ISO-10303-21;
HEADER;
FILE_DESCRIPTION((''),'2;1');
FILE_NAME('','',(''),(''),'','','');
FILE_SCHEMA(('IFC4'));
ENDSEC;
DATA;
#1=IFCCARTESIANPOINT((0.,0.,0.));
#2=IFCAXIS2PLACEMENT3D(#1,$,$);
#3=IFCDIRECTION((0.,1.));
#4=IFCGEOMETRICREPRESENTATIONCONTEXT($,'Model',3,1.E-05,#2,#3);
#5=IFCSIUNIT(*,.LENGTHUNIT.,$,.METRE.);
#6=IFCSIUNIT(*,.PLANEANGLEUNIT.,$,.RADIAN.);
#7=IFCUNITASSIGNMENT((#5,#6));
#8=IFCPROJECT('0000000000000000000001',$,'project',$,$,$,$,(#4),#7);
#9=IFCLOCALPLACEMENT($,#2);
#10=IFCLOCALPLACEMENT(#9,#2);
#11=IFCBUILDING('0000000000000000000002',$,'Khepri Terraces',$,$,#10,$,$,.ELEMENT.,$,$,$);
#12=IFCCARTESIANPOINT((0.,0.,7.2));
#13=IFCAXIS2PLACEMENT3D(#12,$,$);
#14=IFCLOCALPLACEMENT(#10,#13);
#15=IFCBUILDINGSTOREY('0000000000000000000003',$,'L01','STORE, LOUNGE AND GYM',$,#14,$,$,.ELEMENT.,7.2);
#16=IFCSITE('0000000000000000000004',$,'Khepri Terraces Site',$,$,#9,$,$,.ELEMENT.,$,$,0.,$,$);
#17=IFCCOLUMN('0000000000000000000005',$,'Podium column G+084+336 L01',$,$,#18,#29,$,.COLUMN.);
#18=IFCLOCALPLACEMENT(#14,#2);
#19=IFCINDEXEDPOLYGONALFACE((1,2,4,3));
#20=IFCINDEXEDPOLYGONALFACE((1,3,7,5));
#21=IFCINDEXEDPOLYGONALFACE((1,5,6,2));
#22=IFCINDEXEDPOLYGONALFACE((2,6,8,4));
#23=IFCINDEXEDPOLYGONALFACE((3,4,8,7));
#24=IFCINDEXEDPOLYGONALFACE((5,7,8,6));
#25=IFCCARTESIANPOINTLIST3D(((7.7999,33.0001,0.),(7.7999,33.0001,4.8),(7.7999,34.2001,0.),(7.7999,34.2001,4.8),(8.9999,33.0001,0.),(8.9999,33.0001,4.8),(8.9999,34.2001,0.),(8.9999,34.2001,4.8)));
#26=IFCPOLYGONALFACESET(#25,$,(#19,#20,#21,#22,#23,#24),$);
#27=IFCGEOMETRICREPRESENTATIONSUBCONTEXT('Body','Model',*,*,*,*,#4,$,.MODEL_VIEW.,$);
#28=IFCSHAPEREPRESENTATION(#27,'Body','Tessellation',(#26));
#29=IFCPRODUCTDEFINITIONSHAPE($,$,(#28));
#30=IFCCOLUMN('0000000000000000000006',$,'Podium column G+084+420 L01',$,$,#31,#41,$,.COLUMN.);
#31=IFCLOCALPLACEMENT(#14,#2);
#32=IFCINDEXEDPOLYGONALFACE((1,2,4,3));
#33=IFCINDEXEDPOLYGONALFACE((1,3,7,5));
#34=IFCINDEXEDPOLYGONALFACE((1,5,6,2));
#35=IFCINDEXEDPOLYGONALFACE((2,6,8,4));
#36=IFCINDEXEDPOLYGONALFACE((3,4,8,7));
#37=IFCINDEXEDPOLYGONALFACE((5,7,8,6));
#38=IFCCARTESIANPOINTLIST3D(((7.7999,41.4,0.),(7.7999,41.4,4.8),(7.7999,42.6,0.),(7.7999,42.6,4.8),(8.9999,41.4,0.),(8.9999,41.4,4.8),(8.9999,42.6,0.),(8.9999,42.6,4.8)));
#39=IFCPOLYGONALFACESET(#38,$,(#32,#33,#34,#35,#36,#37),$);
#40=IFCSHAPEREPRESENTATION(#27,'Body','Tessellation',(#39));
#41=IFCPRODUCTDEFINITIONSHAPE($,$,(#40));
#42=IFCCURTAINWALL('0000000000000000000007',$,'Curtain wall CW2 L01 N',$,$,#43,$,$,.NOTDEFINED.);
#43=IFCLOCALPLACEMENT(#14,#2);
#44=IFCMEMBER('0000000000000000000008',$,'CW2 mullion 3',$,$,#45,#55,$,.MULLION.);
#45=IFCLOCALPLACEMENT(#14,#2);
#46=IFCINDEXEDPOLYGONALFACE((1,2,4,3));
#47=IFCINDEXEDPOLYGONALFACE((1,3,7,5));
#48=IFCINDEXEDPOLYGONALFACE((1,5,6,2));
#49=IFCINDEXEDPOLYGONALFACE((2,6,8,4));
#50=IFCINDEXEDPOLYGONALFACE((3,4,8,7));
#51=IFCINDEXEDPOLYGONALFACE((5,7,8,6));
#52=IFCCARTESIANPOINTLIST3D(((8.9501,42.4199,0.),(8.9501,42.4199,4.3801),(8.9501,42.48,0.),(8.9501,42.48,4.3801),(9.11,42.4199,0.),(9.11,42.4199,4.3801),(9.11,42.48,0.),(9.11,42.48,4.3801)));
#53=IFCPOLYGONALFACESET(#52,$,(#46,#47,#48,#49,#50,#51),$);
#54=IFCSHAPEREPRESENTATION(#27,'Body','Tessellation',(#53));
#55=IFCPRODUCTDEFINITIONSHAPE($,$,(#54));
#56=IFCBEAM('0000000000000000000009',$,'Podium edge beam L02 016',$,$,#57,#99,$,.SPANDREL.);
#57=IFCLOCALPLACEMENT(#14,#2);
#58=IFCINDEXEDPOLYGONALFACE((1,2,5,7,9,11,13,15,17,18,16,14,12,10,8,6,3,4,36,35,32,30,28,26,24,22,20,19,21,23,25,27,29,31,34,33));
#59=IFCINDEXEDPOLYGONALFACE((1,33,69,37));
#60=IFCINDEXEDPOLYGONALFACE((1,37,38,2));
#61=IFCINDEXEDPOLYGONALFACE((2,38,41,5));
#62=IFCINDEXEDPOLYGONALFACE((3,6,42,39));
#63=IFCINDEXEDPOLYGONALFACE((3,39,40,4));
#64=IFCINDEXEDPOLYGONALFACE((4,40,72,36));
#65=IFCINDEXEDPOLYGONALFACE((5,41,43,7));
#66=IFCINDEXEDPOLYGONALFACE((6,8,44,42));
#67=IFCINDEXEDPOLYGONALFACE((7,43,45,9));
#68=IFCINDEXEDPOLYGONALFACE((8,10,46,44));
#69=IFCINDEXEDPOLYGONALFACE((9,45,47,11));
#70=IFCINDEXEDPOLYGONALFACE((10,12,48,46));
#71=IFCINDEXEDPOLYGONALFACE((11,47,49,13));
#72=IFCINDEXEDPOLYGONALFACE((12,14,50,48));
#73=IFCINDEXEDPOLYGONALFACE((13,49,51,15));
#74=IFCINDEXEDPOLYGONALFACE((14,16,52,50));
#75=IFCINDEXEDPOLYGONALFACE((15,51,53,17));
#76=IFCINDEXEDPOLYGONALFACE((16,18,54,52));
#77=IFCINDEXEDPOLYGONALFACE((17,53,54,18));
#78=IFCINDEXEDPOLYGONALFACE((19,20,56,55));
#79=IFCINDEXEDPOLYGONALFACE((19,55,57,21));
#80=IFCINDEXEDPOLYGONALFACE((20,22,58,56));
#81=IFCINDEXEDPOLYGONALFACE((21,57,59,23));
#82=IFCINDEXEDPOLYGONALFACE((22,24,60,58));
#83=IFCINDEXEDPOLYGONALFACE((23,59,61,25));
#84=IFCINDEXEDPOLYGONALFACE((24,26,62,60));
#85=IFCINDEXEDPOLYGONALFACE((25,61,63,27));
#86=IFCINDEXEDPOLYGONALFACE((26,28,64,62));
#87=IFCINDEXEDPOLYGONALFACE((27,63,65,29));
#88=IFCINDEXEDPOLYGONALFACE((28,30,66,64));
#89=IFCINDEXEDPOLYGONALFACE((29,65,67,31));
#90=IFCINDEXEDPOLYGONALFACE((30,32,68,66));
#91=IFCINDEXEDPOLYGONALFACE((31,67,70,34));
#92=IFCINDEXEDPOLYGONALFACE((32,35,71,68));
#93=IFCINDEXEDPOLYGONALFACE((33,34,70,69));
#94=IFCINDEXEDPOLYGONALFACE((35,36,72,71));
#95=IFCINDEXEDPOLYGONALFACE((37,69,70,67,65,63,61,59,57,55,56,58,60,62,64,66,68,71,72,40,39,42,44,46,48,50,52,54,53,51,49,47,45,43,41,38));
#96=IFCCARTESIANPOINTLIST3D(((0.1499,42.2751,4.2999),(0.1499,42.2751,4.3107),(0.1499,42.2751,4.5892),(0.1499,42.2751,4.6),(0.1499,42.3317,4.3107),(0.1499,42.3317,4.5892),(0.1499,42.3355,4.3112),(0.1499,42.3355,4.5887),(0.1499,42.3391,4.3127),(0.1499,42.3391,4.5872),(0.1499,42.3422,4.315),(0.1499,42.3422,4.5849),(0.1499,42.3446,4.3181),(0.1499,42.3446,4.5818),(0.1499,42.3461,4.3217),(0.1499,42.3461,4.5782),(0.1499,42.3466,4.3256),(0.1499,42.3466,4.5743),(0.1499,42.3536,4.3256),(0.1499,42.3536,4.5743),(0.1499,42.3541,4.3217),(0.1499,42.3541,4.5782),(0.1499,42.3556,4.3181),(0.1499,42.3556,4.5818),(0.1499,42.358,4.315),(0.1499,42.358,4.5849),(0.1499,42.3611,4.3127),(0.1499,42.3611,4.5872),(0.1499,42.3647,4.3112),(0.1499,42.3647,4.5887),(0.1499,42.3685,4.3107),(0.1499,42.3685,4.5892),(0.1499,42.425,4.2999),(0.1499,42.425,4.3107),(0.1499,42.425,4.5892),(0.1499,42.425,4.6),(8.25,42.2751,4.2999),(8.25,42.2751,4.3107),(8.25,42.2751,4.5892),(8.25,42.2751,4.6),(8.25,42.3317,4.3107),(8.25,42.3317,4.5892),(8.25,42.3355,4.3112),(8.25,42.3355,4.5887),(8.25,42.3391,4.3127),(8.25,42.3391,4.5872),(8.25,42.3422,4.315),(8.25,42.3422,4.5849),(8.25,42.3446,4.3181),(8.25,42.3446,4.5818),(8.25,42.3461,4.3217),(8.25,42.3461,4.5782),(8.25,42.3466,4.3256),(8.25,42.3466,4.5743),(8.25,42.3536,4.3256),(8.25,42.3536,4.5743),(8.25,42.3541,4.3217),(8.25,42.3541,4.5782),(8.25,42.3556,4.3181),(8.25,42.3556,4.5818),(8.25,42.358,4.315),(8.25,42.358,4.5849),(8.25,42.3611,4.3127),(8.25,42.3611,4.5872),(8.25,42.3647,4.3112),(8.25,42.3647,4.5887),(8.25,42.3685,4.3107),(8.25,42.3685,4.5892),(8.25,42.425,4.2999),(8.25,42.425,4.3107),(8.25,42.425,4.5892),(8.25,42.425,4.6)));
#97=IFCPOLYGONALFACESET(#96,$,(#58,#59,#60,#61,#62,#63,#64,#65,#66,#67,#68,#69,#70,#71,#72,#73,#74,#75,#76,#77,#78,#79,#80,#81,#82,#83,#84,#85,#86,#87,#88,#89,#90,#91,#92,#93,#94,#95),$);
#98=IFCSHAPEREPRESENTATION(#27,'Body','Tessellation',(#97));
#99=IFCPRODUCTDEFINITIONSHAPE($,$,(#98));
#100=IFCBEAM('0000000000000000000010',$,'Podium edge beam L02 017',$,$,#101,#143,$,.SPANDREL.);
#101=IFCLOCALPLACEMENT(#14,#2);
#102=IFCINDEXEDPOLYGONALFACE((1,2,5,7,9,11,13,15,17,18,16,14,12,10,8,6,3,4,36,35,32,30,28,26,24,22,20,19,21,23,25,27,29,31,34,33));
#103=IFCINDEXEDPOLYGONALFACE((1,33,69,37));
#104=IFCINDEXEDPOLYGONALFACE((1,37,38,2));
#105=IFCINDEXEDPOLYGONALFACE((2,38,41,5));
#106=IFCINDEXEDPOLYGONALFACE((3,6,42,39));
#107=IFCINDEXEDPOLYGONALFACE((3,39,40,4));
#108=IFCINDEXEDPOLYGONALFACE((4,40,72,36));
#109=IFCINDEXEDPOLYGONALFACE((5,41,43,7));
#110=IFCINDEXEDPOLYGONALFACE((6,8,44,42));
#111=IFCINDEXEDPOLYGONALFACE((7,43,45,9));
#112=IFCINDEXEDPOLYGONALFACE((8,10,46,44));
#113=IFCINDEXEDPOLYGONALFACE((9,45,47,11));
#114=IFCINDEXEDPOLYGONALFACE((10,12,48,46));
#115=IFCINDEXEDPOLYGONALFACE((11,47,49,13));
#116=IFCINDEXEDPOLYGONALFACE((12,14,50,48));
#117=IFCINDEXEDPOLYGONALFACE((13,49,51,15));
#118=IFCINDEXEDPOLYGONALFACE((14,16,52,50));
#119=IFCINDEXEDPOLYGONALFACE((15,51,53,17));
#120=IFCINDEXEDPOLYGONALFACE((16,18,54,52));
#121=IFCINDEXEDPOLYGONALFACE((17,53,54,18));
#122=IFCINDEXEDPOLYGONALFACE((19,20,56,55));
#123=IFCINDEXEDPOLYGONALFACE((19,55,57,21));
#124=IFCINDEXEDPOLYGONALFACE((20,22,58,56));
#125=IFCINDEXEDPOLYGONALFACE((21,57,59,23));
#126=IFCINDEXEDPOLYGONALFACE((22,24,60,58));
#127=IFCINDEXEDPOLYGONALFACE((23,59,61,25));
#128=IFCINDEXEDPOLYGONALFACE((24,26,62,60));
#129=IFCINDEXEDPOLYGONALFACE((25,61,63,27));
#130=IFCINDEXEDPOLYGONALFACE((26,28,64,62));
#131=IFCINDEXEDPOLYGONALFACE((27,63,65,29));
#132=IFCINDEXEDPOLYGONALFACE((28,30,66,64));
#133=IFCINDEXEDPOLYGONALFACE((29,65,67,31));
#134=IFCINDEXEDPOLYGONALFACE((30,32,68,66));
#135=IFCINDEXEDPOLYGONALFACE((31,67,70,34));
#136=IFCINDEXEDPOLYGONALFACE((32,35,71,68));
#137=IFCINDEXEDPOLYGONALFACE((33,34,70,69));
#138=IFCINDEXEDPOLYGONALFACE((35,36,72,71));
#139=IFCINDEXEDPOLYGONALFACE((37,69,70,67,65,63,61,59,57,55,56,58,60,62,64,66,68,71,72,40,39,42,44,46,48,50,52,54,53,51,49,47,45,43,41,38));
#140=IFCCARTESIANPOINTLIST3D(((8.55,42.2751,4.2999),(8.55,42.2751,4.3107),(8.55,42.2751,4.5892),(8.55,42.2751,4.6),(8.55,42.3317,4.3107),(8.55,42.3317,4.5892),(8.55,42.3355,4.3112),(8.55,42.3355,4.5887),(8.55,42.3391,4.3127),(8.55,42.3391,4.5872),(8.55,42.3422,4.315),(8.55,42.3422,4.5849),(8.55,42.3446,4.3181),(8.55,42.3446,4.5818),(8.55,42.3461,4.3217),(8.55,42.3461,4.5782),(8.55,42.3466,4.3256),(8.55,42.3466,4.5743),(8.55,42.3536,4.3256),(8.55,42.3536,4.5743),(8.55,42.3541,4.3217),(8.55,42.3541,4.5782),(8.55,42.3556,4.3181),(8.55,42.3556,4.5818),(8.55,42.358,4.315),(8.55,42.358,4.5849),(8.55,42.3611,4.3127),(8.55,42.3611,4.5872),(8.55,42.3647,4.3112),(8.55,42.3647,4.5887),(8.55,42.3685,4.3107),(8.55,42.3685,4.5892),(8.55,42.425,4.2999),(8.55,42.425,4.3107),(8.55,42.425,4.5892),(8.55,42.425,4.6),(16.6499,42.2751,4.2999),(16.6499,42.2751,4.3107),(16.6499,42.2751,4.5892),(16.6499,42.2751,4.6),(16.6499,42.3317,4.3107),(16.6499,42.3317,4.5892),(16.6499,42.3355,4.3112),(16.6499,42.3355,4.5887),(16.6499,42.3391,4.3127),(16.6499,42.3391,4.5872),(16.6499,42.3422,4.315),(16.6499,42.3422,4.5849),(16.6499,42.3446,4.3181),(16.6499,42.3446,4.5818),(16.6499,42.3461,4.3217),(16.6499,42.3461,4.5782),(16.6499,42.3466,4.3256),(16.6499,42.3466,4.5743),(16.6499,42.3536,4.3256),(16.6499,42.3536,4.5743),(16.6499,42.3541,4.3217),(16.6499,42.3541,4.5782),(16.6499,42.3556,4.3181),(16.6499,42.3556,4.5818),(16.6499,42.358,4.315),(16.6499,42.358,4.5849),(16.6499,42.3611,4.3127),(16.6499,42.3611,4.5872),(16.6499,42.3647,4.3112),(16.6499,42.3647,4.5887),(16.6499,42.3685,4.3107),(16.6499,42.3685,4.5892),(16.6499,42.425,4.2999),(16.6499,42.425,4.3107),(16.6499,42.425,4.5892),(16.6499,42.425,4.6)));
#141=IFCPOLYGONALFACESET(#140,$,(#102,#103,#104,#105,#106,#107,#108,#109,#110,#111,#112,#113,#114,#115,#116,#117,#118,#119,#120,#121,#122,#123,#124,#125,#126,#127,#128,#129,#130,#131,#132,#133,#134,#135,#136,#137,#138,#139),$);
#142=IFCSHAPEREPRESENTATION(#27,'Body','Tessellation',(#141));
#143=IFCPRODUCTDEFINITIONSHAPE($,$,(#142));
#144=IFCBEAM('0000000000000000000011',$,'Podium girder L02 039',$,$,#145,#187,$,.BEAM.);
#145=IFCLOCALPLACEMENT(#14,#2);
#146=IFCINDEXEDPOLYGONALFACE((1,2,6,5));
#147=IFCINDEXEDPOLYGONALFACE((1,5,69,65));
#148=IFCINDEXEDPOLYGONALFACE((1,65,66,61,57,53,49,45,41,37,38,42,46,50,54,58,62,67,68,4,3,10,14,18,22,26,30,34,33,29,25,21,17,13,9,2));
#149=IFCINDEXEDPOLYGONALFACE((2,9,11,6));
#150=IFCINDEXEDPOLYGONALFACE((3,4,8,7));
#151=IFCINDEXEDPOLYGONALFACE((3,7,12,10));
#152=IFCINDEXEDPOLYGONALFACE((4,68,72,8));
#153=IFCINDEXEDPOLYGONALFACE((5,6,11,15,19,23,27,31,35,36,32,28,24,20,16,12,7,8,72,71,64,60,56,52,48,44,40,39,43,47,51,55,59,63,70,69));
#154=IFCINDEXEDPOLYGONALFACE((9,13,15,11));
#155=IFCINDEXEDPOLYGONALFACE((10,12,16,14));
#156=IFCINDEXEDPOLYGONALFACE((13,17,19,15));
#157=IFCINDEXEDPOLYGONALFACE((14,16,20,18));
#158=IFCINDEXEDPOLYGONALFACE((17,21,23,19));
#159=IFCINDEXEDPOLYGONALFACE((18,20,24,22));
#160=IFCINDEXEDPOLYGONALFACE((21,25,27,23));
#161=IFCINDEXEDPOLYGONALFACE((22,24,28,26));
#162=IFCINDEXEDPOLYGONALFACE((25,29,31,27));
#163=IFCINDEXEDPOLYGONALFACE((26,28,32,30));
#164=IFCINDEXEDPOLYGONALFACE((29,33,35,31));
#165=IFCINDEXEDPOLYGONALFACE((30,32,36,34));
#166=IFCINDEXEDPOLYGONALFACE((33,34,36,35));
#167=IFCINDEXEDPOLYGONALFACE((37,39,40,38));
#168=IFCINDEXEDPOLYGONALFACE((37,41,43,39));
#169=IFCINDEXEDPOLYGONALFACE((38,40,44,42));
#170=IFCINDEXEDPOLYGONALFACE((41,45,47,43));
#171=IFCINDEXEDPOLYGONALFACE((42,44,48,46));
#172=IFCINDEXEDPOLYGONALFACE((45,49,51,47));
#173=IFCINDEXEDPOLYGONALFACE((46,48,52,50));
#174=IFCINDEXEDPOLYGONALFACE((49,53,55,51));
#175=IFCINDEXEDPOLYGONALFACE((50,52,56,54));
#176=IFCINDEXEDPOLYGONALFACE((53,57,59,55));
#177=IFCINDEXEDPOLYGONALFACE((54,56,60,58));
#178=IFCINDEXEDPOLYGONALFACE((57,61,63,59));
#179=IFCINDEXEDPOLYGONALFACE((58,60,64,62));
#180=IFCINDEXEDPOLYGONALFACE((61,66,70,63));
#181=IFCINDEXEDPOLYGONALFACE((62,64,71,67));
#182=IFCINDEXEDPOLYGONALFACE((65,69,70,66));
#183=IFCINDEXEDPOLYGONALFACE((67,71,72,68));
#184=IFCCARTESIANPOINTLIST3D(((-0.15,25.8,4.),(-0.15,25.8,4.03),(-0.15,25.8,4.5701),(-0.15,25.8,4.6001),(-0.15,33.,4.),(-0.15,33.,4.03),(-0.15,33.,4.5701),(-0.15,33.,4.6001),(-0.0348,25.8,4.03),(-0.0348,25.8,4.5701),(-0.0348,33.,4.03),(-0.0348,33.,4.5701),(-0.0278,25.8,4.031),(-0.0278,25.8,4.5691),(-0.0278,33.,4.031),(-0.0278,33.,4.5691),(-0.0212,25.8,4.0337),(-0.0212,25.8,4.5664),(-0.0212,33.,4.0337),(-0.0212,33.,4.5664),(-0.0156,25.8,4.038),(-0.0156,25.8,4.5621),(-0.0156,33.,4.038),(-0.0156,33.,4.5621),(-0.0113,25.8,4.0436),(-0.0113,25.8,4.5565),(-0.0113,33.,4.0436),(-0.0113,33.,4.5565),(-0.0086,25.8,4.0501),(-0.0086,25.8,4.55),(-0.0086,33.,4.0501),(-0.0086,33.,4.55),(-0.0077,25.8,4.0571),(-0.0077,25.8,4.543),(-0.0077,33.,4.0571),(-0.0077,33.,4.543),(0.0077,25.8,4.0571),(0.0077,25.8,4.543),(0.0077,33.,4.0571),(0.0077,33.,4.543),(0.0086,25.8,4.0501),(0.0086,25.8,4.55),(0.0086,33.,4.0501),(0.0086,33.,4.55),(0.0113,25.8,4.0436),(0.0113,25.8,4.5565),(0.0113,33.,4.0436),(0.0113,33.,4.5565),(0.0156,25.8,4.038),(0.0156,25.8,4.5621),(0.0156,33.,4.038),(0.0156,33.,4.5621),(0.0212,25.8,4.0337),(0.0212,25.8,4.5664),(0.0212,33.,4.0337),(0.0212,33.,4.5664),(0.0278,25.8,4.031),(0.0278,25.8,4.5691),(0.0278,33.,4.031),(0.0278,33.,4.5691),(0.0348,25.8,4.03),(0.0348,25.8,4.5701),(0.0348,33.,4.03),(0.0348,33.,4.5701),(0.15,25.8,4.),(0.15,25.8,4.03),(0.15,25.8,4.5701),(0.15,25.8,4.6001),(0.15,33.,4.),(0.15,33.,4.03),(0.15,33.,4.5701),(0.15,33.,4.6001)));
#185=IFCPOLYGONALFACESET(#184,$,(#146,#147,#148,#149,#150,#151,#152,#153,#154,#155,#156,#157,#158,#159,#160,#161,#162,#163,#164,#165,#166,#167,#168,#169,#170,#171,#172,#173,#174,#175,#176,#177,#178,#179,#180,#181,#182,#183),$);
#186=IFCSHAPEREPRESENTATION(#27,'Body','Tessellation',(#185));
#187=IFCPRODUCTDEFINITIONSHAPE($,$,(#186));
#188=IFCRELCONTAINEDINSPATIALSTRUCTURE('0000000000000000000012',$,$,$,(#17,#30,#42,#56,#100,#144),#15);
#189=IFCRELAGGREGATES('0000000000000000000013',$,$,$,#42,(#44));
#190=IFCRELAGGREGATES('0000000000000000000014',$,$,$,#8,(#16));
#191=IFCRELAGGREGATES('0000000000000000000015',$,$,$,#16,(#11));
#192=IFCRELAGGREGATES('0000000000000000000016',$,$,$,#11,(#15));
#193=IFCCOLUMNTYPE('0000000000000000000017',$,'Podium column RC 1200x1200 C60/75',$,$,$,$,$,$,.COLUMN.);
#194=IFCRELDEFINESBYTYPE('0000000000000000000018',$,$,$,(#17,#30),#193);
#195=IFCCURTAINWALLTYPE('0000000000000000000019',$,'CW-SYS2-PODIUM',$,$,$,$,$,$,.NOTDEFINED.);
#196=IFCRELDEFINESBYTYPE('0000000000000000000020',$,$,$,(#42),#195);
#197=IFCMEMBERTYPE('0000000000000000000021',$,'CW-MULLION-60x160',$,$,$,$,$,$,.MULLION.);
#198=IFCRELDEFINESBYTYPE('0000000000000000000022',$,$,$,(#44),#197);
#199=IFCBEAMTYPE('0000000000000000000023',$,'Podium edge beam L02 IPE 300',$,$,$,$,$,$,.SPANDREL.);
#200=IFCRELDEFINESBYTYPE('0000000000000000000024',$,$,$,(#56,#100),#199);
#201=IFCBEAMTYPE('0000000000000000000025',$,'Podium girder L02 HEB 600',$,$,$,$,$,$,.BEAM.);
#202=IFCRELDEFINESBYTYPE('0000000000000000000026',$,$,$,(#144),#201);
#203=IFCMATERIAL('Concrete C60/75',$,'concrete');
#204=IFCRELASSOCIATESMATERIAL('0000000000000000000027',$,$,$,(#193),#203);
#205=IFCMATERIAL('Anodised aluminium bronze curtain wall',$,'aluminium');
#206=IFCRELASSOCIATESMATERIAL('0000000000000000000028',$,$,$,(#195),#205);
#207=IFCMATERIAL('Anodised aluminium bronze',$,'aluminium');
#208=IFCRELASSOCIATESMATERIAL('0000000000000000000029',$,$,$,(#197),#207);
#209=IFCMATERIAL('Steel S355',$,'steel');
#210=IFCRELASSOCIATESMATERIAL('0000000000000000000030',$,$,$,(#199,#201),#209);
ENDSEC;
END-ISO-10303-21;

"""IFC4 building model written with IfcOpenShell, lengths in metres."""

from ifc_helpers import new_model, si_unit, direction, frame, origin, origin_2d, place, context, subcontext, project, spatial, rectangle, i_section, extrude, material, material_profile, profile_set, type_object, element, aggregate, save


model = new_model("IFC4")

# Units and contexts
model_context = context("Model", 3, precision=1e-05, world=origin(), true_north=direction((0.0, 1.0)))
body_context = subcontext(model_context, "Body", "Model", "MODEL_VIEW")
ifc_project = project(units=[si_unit("LENGTHUNIT", "METRE"), si_unit("PLANEANGLEUNIT", "RADIAN")], contexts=[model_context])

# Site, building, storey
site_placement = place(None, origin())
site = spatial("IfcSite", under=ifc_project, at=site_placement, Name="Khepri Terraces Site", CompositionType="ELEMENT", RefElevation=0.0)
building_placement = place(site_placement, origin())
building = spatial("IfcBuilding", under=site, at=building_placement, Name="Khepri Terraces", CompositionType="ELEMENT")
storey_placement = place(building_placement, frame((0.0, 0.0, 7.2)))
storey = spatial("IfcBuildingStorey", under=building, at=storey_placement, Name="L01", Description="STORE, LOUNGE AND GYM", CompositionType="ELEMENT", Elevation=7.2)

# Columns
ifc_material_1 = material(Name="Concrete C60/75", Category="concrete")
ifc_material_profile_1 = material_profile(ifc_material_1, rectangle(XDim=1.2, YDim=1.2, at=origin_2d()), Name="Concrete C60/75", Category="concrete")
ifc_profile_set_1 = profile_set([ifc_material_profile_1], Name="Concrete C60/75")
column_type = type_object("IfcColumnType", Name="Podium column RC 1200x1200 C60/75", PredefinedType="COLUMN", material=ifc_profile_set_1)
for number, where, z_axis, x_axis, name in (
    (1, (8.3999, 33.6001, 0.0), (0.0, 0.0, 1.0), (1.0, 0.0, 0.0), "Podium column G+084+336 L01"),
    (2, (8.3999, 42.0, 0.0), (0.0, 0.0, 1.0), (1.0, 0.0, 0.0), "Podium column G+084+420 L01"),
):
    element("IfcColumn", number, at=place(storey_placement, frame(where, z_axis=z_axis, x_axis=x_axis)), inside=storey, type_object=column_type, Name=name, PredefinedType="COLUMN", context=body_context, shape_type="SweptSolid", body=[
        extrude(rectangle(XDim=1.2, YDim=1.2, at=origin_2d()), origin(), (0.0, 0.0, 1.0), 4.8),
    ])

# Curtain wall, member
ifc_material_2 = material(Name="Anodised aluminium bronze curtain wall", Category="aluminium")
curtain_wall_type = type_object("IfcCurtainWallType", Name="CW-SYS2-PODIUM", PredefinedType="NOTDEFINED", material=ifc_material_2)
curtain_wall_placement = place(storey_placement, origin())
curtain_wall = element("IfcCurtainWall", 3, at=curtain_wall_placement, inside=storey, type_object=curtain_wall_type, Name="Curtain wall CW2 L01 N", PredefinedType="NOTDEFINED")
ifc_material_3 = material(Name="Anodised aluminium bronze", Category="aluminium")
ifc_material_profile_2 = material_profile(ifc_material_3, rectangle(XDim=0.0601, YDim=0.1599, at=origin_2d()), Name="Anodised aluminium bronze", Category="aluminium")
ifc_profile_set_2 = profile_set([ifc_material_profile_2], Name="Anodised aluminium bronze")
member_type = type_object("IfcMemberType", Name="CW-MULLION-60x160", PredefinedType="MULLION", material=ifc_profile_set_2)
member_placement = place(storey_placement, frame((9.03, 42.45, 0.0), z_axis=(0.0, 0.0, 1.0), x_axis=(0.0, -1.0, 0.0)))
member = element("IfcMember", 4, at=member_placement, type_object=member_type, Name="CW2 mullion 3", PredefinedType="MULLION", context=body_context, shape_type="SweptSolid", body=[
    extrude(rectangle(XDim=0.0601, YDim=0.1599, at=origin_2d()), origin(), (0.0, 0.0, 1.0), 4.3801),
])

# Beams
ifc_material_4 = material(Name="Steel S355", Category="steel")
ifc_material_profile_3 = material_profile(ifc_material_4, i_section(OverallWidth=0.1499, OverallDepth=0.3, WebThickness=0.0071, FlangeThickness=0.0107, FilletRadius=0.0149, at=origin_2d()), Name="Steel S355", Category="steel")
ifc_profile_set_3 = profile_set([ifc_material_profile_3], Name="Steel S355")
beam_type_1 = type_object("IfcBeamType", Name="Podium edge beam L02 IPE 300", PredefinedType="SPANDREL", material=ifc_profile_set_3)
beam_1_placement = place(storey_placement, frame((0.1499, 42.3501, 4.45), z_axis=(1.0, 0.0, 0.0), x_axis=(0.0, 1.0, 0.0)))
element("IfcBeam", 5, at=beam_1_placement, inside=storey, type_object=beam_type_1, Name="Podium edge beam L02 016", PredefinedType="SPANDREL", context=body_context, shape_type="SweptSolid", body=[
    extrude(i_section(OverallWidth=0.1499, OverallDepth=0.3, WebThickness=0.0071, FlangeThickness=0.0107, FilletRadius=0.0149, at=origin_2d()), origin(), (0.0, 0.0, 1.0), 8.1001),
])
beam_2_placement = place(storey_placement, frame((8.55, 42.3501, 4.45), z_axis=(1.0, 0.0, 0.0), x_axis=(0.0, 1.0, 0.0)))
element("IfcBeam", 6, at=beam_2_placement, inside=storey, type_object=beam_type_1, Name="Podium edge beam L02 017", PredefinedType="SPANDREL", context=body_context, shape_type="SweptSolid", body=[
    extrude(i_section(OverallWidth=0.1499, OverallDepth=0.3, WebThickness=0.0071, FlangeThickness=0.0107, FilletRadius=0.0149, at=origin_2d()), origin(), (0.0, 0.0, 1.0), 8.0999),
])
ifc_material_profile_4 = material_profile(ifc_material_4, i_section(OverallWidth=0.3, OverallDepth=0.6001, WebThickness=0.0154, FlangeThickness=0.03, FilletRadius=0.0271, at=origin_2d()), Name="Steel S355", Category="steel")
ifc_profile_set_4 = profile_set([ifc_material_profile_4], Name="Steel S355")
beam_type_2 = type_object("IfcBeamType", Name="Podium girder L02 HEB 600", PredefinedType="BEAM", material=ifc_profile_set_4)
for number, where, z_axis, x_axis, name in (
    (7, (0.0, 25.8, 4.3), (0.0, 1.0, 0.0), (-1.0, 0.0, 0.0), "Podium girder L02 039"),
):
    element("IfcBeam", number, at=place(storey_placement, frame(where, z_axis=z_axis, x_axis=x_axis)), inside=storey, type_object=beam_type_2, Name=name, PredefinedType="BEAM", context=body_context, shape_type="SweptSolid", body=[
        extrude(i_section(OverallWidth=0.3, OverallDepth=0.6001, WebThickness=0.0154, FlangeThickness=0.03, FilletRadius=0.0271, at=origin_2d()), origin(), (0.0, 0.0, 1.0), 7.2),
    ])

aggregate(curtain_wall, [member])

save(model, "model.ifc")
